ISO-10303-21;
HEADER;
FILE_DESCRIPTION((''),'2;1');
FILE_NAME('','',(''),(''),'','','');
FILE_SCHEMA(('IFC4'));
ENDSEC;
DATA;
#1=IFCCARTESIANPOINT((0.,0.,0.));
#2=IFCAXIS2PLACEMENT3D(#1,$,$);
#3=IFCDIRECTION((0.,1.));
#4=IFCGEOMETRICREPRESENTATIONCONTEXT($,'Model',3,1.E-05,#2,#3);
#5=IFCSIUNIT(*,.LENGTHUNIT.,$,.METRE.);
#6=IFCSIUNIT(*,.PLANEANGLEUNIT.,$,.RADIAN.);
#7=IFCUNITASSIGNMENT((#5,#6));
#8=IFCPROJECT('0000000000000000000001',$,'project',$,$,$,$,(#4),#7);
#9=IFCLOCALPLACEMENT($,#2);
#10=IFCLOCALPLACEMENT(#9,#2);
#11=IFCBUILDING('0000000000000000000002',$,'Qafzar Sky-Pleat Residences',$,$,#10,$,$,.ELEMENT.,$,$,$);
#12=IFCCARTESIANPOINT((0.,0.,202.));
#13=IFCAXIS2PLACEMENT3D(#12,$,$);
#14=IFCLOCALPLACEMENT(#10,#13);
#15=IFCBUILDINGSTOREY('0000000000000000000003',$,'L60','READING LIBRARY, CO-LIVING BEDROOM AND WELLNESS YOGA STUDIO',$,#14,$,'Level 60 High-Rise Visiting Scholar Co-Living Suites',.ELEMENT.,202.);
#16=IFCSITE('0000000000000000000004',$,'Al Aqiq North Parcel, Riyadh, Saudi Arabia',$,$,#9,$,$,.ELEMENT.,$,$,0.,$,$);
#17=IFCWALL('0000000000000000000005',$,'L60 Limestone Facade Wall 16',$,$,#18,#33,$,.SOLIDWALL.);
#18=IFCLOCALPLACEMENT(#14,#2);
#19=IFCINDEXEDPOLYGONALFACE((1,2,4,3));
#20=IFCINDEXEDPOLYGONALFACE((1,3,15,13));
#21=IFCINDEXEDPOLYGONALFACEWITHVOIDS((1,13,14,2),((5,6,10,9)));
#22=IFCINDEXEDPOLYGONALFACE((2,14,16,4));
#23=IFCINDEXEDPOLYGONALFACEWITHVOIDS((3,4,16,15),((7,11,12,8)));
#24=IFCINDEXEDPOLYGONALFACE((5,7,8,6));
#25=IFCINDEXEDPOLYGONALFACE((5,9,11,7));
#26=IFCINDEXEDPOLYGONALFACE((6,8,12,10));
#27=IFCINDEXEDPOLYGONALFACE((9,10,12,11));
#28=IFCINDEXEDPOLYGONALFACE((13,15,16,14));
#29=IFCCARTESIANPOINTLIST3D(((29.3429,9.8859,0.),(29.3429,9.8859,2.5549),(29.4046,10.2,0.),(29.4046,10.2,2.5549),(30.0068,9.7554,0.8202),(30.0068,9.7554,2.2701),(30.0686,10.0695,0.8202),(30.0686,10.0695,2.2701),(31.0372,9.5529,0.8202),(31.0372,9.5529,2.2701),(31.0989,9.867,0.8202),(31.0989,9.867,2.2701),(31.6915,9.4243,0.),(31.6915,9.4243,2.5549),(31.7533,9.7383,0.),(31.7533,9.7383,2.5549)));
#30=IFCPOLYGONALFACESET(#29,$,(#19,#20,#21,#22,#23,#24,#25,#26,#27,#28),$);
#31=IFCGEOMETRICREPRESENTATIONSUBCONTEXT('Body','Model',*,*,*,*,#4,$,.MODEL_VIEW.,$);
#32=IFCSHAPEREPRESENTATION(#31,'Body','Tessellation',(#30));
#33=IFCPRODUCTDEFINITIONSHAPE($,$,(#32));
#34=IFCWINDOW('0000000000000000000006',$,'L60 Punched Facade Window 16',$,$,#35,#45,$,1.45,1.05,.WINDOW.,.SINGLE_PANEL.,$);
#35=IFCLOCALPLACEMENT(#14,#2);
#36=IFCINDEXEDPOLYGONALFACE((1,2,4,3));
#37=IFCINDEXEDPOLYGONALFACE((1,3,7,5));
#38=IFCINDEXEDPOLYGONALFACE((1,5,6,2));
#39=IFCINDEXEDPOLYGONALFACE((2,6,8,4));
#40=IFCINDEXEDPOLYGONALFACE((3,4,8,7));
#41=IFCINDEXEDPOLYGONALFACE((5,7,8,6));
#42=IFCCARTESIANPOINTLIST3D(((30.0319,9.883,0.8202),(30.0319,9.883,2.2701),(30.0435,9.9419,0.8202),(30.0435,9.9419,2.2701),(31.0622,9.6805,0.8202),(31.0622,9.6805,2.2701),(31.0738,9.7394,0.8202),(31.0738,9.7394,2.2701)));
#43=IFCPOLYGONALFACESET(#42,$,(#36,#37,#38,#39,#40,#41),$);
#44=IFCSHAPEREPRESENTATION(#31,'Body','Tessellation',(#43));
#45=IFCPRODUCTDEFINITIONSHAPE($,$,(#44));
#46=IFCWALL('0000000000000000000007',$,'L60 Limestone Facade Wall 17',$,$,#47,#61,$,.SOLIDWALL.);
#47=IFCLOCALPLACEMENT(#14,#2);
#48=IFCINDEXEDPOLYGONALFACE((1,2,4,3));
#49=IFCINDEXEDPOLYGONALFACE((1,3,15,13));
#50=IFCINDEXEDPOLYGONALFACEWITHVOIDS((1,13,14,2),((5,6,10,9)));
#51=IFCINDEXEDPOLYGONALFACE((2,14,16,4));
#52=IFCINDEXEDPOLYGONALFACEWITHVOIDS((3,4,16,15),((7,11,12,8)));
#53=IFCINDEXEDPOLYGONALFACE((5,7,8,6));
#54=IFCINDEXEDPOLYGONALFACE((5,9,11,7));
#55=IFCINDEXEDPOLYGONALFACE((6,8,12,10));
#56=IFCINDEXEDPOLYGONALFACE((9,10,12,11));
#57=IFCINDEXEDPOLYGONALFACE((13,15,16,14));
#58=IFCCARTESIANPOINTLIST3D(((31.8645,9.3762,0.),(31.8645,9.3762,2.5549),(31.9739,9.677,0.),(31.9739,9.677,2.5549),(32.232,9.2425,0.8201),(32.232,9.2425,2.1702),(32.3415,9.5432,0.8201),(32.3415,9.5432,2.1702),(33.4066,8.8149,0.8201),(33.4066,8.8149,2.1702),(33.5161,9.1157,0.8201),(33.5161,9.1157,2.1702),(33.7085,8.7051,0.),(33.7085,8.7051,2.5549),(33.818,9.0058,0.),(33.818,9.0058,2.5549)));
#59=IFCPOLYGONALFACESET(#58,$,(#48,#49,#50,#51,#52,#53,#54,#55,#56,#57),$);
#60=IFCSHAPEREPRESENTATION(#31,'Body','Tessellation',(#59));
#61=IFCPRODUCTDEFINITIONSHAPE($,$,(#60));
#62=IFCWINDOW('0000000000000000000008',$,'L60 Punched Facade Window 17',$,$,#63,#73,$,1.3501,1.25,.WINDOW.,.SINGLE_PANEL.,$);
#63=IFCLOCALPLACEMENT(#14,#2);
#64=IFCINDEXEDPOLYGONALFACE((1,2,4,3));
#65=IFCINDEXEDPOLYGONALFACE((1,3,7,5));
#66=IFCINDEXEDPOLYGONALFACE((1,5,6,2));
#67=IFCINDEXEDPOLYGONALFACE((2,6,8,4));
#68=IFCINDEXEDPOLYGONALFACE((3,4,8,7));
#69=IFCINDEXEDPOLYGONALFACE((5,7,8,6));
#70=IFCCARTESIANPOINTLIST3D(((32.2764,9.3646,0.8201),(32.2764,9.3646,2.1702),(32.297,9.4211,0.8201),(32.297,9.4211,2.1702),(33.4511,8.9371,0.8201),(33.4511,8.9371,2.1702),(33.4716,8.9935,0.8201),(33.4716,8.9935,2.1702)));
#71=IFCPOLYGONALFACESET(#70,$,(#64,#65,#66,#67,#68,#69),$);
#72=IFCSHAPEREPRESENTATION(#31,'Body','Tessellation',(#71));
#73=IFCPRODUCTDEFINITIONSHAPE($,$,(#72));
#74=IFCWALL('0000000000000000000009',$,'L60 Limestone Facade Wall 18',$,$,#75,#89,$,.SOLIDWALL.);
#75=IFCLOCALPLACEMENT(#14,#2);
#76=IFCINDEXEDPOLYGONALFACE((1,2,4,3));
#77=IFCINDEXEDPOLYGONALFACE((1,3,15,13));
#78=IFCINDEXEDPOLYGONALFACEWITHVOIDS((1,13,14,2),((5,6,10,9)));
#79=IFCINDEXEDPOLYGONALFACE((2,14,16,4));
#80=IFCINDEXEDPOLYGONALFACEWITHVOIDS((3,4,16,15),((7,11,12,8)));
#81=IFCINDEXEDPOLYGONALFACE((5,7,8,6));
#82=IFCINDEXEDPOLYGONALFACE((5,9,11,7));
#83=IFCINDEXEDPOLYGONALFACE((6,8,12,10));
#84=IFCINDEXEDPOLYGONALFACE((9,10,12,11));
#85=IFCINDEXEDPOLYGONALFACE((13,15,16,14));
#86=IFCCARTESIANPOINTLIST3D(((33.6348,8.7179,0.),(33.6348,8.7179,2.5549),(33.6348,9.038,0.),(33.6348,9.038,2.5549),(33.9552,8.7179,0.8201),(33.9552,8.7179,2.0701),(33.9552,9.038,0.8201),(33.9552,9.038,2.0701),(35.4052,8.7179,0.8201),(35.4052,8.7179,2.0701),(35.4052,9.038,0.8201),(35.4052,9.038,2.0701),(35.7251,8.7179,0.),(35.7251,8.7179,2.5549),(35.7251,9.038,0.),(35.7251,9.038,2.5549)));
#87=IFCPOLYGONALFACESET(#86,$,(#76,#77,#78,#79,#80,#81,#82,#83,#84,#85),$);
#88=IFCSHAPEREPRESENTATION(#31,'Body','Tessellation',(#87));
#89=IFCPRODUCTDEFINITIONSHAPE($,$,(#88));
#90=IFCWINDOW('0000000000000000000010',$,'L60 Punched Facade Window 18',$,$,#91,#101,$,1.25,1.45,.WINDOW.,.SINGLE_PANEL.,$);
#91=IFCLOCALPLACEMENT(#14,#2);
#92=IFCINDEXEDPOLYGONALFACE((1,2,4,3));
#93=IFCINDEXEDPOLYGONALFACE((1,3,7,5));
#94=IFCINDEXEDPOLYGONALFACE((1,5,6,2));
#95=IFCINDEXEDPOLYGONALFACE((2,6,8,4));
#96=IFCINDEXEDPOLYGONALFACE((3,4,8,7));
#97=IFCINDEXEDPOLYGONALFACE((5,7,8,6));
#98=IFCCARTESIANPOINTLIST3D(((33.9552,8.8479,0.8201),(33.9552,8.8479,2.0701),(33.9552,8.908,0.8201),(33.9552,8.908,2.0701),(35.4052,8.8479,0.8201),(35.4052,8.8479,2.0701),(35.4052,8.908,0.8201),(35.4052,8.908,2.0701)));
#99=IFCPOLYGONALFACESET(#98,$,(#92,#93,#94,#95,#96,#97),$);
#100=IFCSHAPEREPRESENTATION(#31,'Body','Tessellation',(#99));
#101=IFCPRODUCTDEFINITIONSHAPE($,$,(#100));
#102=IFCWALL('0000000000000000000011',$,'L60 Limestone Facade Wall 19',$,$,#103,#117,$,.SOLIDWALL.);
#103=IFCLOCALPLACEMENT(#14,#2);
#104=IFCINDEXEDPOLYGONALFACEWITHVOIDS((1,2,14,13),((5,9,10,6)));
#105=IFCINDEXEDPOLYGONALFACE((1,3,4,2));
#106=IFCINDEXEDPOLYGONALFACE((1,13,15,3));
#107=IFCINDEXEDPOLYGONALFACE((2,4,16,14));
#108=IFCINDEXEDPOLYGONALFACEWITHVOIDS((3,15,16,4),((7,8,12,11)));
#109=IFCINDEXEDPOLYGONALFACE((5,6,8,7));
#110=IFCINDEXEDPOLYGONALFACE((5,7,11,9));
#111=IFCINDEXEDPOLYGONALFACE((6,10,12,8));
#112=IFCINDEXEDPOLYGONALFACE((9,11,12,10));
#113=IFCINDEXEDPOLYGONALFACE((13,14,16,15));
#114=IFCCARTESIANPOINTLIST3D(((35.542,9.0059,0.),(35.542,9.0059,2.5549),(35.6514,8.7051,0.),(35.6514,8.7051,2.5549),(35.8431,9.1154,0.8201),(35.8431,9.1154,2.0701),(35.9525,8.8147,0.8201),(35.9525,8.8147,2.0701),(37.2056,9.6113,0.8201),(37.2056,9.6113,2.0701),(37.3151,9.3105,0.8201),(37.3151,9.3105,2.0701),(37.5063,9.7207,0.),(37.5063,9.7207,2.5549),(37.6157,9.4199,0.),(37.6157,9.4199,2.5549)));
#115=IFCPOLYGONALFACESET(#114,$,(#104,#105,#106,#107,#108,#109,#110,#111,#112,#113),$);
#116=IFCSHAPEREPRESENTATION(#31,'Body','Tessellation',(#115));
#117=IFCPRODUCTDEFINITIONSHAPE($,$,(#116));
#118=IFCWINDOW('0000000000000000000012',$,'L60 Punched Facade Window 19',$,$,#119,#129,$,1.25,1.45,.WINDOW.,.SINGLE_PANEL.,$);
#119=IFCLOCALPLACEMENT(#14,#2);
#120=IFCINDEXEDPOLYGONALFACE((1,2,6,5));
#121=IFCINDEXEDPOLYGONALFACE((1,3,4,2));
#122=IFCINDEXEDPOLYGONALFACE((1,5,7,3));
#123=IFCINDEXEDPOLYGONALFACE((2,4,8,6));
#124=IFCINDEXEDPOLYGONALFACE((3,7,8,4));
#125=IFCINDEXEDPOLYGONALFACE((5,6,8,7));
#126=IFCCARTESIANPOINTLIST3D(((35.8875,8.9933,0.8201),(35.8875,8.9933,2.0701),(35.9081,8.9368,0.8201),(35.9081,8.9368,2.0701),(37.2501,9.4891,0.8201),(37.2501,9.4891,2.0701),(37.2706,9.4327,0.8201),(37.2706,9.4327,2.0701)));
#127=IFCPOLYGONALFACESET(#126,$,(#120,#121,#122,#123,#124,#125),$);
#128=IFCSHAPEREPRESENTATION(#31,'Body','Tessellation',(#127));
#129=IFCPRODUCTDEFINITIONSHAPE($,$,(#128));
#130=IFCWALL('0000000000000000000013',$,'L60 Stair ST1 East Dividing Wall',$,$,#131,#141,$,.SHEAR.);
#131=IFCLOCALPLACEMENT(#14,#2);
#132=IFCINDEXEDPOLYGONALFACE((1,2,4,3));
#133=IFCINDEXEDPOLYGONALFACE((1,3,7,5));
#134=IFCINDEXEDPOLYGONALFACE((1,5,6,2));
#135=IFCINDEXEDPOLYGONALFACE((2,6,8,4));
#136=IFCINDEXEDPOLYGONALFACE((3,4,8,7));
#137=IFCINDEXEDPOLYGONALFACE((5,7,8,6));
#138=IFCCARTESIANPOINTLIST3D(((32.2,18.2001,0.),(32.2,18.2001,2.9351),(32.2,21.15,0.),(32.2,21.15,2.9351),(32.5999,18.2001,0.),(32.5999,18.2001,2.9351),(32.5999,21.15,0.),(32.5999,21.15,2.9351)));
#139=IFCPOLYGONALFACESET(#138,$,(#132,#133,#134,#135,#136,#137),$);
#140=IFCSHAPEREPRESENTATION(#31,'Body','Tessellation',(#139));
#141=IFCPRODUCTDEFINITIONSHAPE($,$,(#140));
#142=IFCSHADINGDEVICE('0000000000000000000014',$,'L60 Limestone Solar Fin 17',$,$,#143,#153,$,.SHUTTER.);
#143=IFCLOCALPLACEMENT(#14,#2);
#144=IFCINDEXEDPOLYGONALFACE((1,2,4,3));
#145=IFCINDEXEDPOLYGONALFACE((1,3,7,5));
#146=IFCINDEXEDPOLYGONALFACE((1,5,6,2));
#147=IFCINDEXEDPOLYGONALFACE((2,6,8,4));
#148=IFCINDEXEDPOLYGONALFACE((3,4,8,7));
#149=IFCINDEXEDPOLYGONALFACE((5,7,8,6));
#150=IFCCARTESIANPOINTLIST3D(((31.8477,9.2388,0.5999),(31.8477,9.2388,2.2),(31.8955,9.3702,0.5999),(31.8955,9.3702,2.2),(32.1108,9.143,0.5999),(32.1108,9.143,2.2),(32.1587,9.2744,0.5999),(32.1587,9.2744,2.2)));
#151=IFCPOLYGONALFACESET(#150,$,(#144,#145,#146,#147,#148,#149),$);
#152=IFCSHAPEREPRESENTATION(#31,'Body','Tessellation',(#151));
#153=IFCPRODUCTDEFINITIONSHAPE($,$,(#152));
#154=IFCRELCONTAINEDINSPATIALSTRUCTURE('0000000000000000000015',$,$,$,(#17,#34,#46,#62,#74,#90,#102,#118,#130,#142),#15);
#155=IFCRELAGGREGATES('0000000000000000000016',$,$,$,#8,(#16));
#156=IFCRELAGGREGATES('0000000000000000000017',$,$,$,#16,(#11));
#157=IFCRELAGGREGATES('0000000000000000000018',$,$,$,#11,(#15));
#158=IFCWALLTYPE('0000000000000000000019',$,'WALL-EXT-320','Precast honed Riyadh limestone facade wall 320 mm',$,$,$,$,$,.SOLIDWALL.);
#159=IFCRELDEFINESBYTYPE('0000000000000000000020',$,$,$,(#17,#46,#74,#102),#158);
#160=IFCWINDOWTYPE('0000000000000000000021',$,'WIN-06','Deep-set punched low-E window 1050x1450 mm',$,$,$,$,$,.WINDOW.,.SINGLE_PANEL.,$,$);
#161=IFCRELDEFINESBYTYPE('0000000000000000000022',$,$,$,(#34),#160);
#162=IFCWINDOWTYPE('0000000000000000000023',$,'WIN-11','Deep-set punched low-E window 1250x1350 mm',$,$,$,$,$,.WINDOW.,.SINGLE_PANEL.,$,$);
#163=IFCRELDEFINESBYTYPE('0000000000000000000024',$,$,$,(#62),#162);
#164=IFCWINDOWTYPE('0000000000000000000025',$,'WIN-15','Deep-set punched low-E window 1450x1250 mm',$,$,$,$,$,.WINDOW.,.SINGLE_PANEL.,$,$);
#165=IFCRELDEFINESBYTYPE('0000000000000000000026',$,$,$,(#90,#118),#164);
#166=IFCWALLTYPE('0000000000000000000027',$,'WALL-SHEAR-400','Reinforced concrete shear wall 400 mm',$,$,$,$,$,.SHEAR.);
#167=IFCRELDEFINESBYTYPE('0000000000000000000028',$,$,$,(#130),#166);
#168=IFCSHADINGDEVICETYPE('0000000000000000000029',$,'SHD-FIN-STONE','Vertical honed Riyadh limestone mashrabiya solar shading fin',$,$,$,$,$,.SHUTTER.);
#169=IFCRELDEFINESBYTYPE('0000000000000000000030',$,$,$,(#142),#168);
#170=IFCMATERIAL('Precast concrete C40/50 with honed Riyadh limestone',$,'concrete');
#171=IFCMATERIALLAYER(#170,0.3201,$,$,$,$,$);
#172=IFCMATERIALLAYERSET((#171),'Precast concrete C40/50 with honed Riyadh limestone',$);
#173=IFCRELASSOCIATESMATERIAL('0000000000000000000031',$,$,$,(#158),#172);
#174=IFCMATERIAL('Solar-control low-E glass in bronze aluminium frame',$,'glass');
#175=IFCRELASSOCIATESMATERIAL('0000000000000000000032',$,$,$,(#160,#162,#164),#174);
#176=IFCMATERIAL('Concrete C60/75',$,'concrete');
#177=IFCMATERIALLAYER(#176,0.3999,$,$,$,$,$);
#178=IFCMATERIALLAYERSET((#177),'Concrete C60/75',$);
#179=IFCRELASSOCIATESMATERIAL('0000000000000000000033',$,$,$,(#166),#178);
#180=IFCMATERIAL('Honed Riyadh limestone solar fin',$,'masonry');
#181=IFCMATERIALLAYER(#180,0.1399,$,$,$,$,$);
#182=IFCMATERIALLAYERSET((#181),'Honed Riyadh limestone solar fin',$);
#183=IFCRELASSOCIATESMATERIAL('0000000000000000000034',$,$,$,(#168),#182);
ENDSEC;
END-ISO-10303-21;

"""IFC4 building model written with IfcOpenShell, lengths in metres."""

from ifc_helpers import new_model, si_unit, direction, frame, frame_2d, origin, origin_2d, place, context, subcontext, project, spatial, rectangle, extrude, source, transform, mapped, material, layer, layer_set, type_object, element, fill, save


model = new_model("IFC4")

# Units and contexts
model_context = context("Model", 3, precision=1e-05, world=origin(), true_north=direction((0.0, 1.0)))
body_context = subcontext(model_context, "Body", "Model", "MODEL_VIEW")
ifc_project = project(units=[si_unit("LENGTHUNIT", "METRE"), si_unit("PLANEANGLEUNIT", "RADIAN")], contexts=[model_context])

# Site, building, storey
site_placement = place(None, origin())
site = spatial("IfcSite", under=ifc_project, at=site_placement, Name="Al Aqiq North Parcel, Riyadh, Saudi Arabia", CompositionType="ELEMENT", RefElevation=0.0)
building_placement = place(site_placement, origin())
building = spatial("IfcBuilding", under=site, at=building_placement, Name="Qafzar Sky-Pleat Residences", CompositionType="ELEMENT")
storey_placement = place(building_placement, frame((0.0, 0.0, 202.0)))
storey = spatial("IfcBuildingStorey", under=building, at=storey_placement, Name="L60", Description="READING LIBRARY, CO-LIVING BEDROOM AND WELLNESS YOGA STUDIO", LongName="Level 60 High-Rise Visiting Scholar Co-Living Suites", CompositionType="ELEMENT", Elevation=202.0)

# Shared definitions
ifc_material_1 = material(Name="Precast concrete C40/50 with honed Riyadh limestone", Category="concrete")
ifc_layer_1 = layer(ifc_material_1, 0.3201)
ifc_layer_set_1 = layer_set([ifc_layer_1], Name="Precast concrete C40/50 with honed Riyadh limestone")
wall_type_1 = type_object("IfcWallType", Name="WALL-EXT-320", Description="Precast honed Riyadh limestone facade wall 320 mm", PredefinedType="SOLIDWALL", material=ifc_layer_set_1)
ifc_material_2 = material(Name="Solar-control low-E glass in bronze aluminium frame", Category="glass")

# Walls, openings, windows
wall_1_placement = place(storey_placement, frame((29.3738, 10.043, 0.0), z_axis=(0.0, 0.0, 1.0), x_axis=(0.981223, -0.192879, 0.0)))
wall_1 = element("IfcWall", 1, at=wall_1_placement, inside=storey, type_object=wall_type_1, Name="L60 Limestone Facade Wall 16", PredefinedType="SOLIDWALL", context=body_context, shape_type="SweptSolid", body=[
    extrude(rectangle(XDim=2.3936, YDim=0.3201, at=frame_2d((1.1968, 0.0))), origin(), (0.0, 0.0, 1.0), 2.5549),
])
opening_1_placement = place(wall_1_placement, frame((0.6768, 0.0, 0.8201)))
opening_1 = element("IfcOpeningElement", 2, at=opening_1_placement, cuts=wall_1, PredefinedType="OPENING", context=body_context, shape_type="SweptSolid", body=[
    extrude(rectangle(XDim=1.05, YDim=1.45, at=frame_2d((0.5249, 0.7251))), frame((0.0, 0.1699, 0.0), z_axis=(0.0, -1.0, 0.0), x_axis=(1.0, 0.0, 0.0)), (0.0, 0.0, 1.0), 0.3401),
])
window_type_1 = type_object("IfcWindowType", Name="WIN-06", Description="Deep-set punched low-E window 1050x1450 mm", PartitioningType="SINGLE_PANEL", PredefinedType="WINDOW", material=ifc_material_2)
shared_shape_1 = source(origin(), body_context, "Body", "SweptSolid", [
    extrude(rectangle(XDim=1.05, YDim=1.45, at=frame_2d((0.5249, 0.7251))), frame((0.0, 0.03, 0.0), z_axis=(0.0, -1.0, 0.0), x_axis=(1.0, 0.0, 0.0)), (0.0, 0.0, 1.0), 0.0601),
])
window_1_placement = place(opening_1_placement, origin())
window_1 = element("IfcWindow", 3, at=window_1_placement, inside=storey, type_object=window_type_1, Name="L60 Punched Facade Window 16", OverallHeight=1.45, OverallWidth=1.05, PartitioningType="SINGLE_PANEL", PredefinedType="WINDOW", context=body_context, shape_type="MappedRepresentation", body=[
    mapped(shared_shape_1, transform((0.0, 0.0, 0.0), x_axis=(1.0, 0.0, 0.0), y_axis=(0.0, 1.0, 0.0), z_axis=(0.0, 0.0, 1.0), scale=1.0)),
])
fill(opening_1, window_1)
wall_2_placement = place(storey_placement, frame((31.9192, 9.5266, 0.0), z_axis=(0.0, 0.0, 1.0), x_axis=(0.939695, -0.342013, 0.0)))
wall_2 = element("IfcWall", 4, at=wall_2_placement, inside=storey, type_object=wall_type_1, Name="L60 Limestone Facade Wall 17", PredefinedType="SOLIDWALL", context=body_context, shape_type="SweptSolid", body=[
    extrude(rectangle(XDim=1.9624, YDim=0.3201, at=frame_2d((0.9812, 0.0))), origin(), (0.0, 0.0, 1.0), 2.5549),
])
opening_2_placement = place(wall_2_placement, frame((0.3911, 0.0, 0.8201)))
opening_2 = element("IfcOpeningElement", 5, at=opening_2_placement, cuts=wall_2, PredefinedType="OPENING", context=body_context, shape_type="SweptSolid", body=[
    extrude(rectangle(XDim=1.25, YDim=1.3501, at=frame_2d((0.625, 0.675))), frame((0.0, 0.1699, 0.0), z_axis=(0.0, -1.0, 0.0), x_axis=(1.0, 0.0, 0.0)), (0.0, 0.0, 1.0), 0.3401),
])
window_type_2 = type_object("IfcWindowType", Name="WIN-11", Description="Deep-set punched low-E window 1250x1350 mm", PartitioningType="SINGLE_PANEL", PredefinedType="WINDOW", material=ifc_material_2)
shared_shape_2 = source(origin(), body_context, "Body", "SweptSolid", [
    extrude(rectangle(XDim=1.25, YDim=1.3501, at=frame_2d((0.625, 0.675))), frame((0.0, 0.03, 0.0), z_axis=(0.0, -1.0, 0.0), x_axis=(1.0, 0.0, 0.0)), (0.0, 0.0, 1.0), 0.0601),
])
window_2_placement = place(opening_2_placement, origin())
window_2 = element("IfcWindow", 6, at=window_2_placement, inside=storey, type_object=window_type_2, Name="L60 Punched Facade Window 17", OverallHeight=1.3501, OverallWidth=1.25, PartitioningType="SINGLE_PANEL", PredefinedType="WINDOW", context=body_context, shape_type="MappedRepresentation", body=[
    mapped(shared_shape_2, transform((0.0, 0.0, 0.0), x_axis=(1.0, 0.0, 0.0), y_axis=(0.0, 1.0, 0.0), z_axis=(0.0, 0.0, 1.0), scale=1.0)),
])
fill(opening_2, window_2)
wall_3_placement = place(storey_placement, frame((33.6348, 8.8779, 0.0), z_axis=(0.0, 0.0, 1.0), x_axis=(1.0, 0.0, 0.0)))
wall_3 = element("IfcWall", 7, at=wall_3_placement, inside=storey, type_object=wall_type_1, Name="L60 Limestone Facade Wall 18", PredefinedType="SOLIDWALL", context=body_context, shape_type="SweptSolid", body=[
    extrude(rectangle(XDim=2.0903, YDim=0.3201, at=frame_2d((1.0452, 0.0))), origin(), (0.0, 0.0, 1.0), 2.5549),
])
opening_3_placement = place(wall_3_placement, frame((0.3203, 0.0, 0.8201)))
opening_3 = element("IfcOpeningElement", 8, at=opening_3_placement, cuts=wall_3, PredefinedType="OPENING", context=body_context, shape_type="SweptSolid", body=[
    extrude(rectangle(XDim=1.45, YDim=1.25, at=frame_2d((0.7251, 0.625))), frame((0.0, 0.1699, 0.0), z_axis=(0.0, -1.0, 0.0), x_axis=(1.0, 0.0, 0.0)), (0.0, 0.0, 1.0), 0.3401),
])
window_type_3 = type_object("IfcWindowType", Name="WIN-15", Description="Deep-set punched low-E window 1450x1250 mm", PartitioningType="SINGLE_PANEL", PredefinedType="WINDOW", material=ifc_material_2)
shared_shape_3 = source(origin(), body_context, "Body", "SweptSolid", [
    extrude(rectangle(XDim=1.45, YDim=1.25, at=frame_2d((0.7251, 0.625))), frame((0.0, 0.03, 0.0), z_axis=(0.0, -1.0, 0.0), x_axis=(1.0, 0.0, 0.0)), (0.0, 0.0, 1.0), 0.0601),
])
window_3_placement = place(opening_3_placement, origin())
window_3 = element("IfcWindow", 9, at=window_3_placement, inside=storey, type_object=window_type_3, Name="L60 Punched Facade Window 18", OverallHeight=1.25, OverallWidth=1.45, PartitioningType="SINGLE_PANEL", PredefinedType="WINDOW", context=body_context, shape_type="MappedRepresentation", body=[
    mapped(shared_shape_3, transform((0.0, 0.0, 0.0), x_axis=(1.0, 0.0, 0.0), y_axis=(0.0, 1.0, 0.0), z_axis=(0.0, 0.0, 1.0), scale=1.0)),
])
fill(opening_3, window_3)
wall_4_placement = place(storey_placement, frame((35.5967, 8.8555, 0.0), z_axis=(0.0, 0.0, 1.0), x_axis=(0.939712, 0.341968, 0.0)))
wall_4 = element("IfcWall", 10, at=wall_4_placement, inside=storey, type_object=wall_type_1, Name="L60 Limestone Facade Wall 19", PredefinedType="SOLIDWALL", context=body_context, shape_type="SweptSolid", body=[
    extrude(rectangle(XDim=2.0903, YDim=0.3201, at=frame_2d((1.0452, 0.0))), origin(), (0.0, 0.0, 1.0), 2.5549),
])
opening_4_placement = place(wall_4_placement, frame((0.3203, 0.0, 0.8201)))
opening_4 = element("IfcOpeningElement", 11, at=opening_4_placement, cuts=wall_4, PredefinedType="OPENING", context=body_context, shape_type="SweptSolid", body=[
    extrude(rectangle(XDim=1.45, YDim=1.25, at=frame_2d((0.7251, 0.625))), frame((0.0, 0.1699, 0.0), z_axis=(0.0, -1.0, 0.0), x_axis=(1.0, 0.0, 0.0)), (0.0, 0.0, 1.0), 0.3401),
])
window_4_placement = place(opening_4_placement, origin())
window_4 = element("IfcWindow", 12, at=window_4_placement, inside=storey, type_object=window_type_3, Name="L60 Punched Facade Window 19", OverallHeight=1.25, OverallWidth=1.45, PartitioningType="SINGLE_PANEL", PredefinedType="WINDOW", context=body_context, shape_type="MappedRepresentation", body=[
    mapped(shared_shape_3, transform((0.0, 0.0, 0.0), x_axis=(1.0, 0.0, 0.0), y_axis=(0.0, 1.0, 0.0), z_axis=(0.0, 0.0, 1.0), scale=1.0)),
])
fill(opening_4, window_4)

# Wall
ifc_material_3 = material(Name="Concrete C60/75", Category="concrete")
ifc_layer_2 = layer(ifc_material_3, 0.3999)
ifc_layer_set_2 = layer_set([ifc_layer_2], Name="Concrete C60/75")
wall_type_2 = type_object("IfcWallType", Name="WALL-SHEAR-400", Description="Reinforced concrete shear wall 400 mm", PredefinedType="SHEAR", material=ifc_layer_set_2)
wall_5_placement = place(storey_placement, frame((32.3999, 18.2, 0.0), z_axis=(0.0, 0.0, 1.0), x_axis=(0.0, 1.0, 0.0)))
element("IfcWall", 13, at=wall_5_placement, inside=storey, type_object=wall_type_2, Name="L60 Stair ST1 East Dividing Wall", PredefinedType="SHEAR", context=body_context, shape_type="SweptSolid", body=[
    extrude(rectangle(XDim=2.95, YDim=0.3999, at=frame_2d((1.4751, 0.0))), origin(), (0.0, 0.0, 1.0), 2.9351),
])

# Shading device
ifc_material_4 = material(Name="Honed Riyadh limestone solar fin", Category="masonry")
ifc_layer_3 = layer(ifc_material_4, 0.1399)
ifc_layer_set_3 = layer_set([ifc_layer_3], Name="Honed Riyadh limestone solar fin")
shading_device_type = type_object("IfcShadingDeviceType", Name="SHD-FIN-STONE", Description="Vertical honed Riyadh limestone mashrabiya solar shading fin", PredefinedType="SHUTTER", material=ifc_layer_set_3)
shared_shape_4 = source(origin(), body_context, "Body", "SweptSolid", [
    extrude(rectangle(XDim=0.1399, YDim=0.28, at=origin_2d()), origin(), (0.0, 0.0, 1.0), 1.6001),
])
shading_device_placement = place(storey_placement, frame((32.0032, 9.2566, 0.5999), z_axis=(0.0, 0.0, 1.0), x_axis=(-0.342054, -0.93968, 0.0)))
element("IfcShadingDevice", 14, at=shading_device_placement, inside=storey, type_object=shading_device_type, Name="L60 Limestone Solar Fin 17", PredefinedType="SHUTTER", context=body_context, shape_type="MappedRepresentation", body=[
    mapped(shared_shape_4, transform((0.0, 0.0, 0.0), x_axis=(1.0, 0.0, 0.0), y_axis=(0.0, 1.0, 0.0), z_axis=(0.0, 0.0, 1.0), scale=1.0)),
])

save(model, "model.ifc")
